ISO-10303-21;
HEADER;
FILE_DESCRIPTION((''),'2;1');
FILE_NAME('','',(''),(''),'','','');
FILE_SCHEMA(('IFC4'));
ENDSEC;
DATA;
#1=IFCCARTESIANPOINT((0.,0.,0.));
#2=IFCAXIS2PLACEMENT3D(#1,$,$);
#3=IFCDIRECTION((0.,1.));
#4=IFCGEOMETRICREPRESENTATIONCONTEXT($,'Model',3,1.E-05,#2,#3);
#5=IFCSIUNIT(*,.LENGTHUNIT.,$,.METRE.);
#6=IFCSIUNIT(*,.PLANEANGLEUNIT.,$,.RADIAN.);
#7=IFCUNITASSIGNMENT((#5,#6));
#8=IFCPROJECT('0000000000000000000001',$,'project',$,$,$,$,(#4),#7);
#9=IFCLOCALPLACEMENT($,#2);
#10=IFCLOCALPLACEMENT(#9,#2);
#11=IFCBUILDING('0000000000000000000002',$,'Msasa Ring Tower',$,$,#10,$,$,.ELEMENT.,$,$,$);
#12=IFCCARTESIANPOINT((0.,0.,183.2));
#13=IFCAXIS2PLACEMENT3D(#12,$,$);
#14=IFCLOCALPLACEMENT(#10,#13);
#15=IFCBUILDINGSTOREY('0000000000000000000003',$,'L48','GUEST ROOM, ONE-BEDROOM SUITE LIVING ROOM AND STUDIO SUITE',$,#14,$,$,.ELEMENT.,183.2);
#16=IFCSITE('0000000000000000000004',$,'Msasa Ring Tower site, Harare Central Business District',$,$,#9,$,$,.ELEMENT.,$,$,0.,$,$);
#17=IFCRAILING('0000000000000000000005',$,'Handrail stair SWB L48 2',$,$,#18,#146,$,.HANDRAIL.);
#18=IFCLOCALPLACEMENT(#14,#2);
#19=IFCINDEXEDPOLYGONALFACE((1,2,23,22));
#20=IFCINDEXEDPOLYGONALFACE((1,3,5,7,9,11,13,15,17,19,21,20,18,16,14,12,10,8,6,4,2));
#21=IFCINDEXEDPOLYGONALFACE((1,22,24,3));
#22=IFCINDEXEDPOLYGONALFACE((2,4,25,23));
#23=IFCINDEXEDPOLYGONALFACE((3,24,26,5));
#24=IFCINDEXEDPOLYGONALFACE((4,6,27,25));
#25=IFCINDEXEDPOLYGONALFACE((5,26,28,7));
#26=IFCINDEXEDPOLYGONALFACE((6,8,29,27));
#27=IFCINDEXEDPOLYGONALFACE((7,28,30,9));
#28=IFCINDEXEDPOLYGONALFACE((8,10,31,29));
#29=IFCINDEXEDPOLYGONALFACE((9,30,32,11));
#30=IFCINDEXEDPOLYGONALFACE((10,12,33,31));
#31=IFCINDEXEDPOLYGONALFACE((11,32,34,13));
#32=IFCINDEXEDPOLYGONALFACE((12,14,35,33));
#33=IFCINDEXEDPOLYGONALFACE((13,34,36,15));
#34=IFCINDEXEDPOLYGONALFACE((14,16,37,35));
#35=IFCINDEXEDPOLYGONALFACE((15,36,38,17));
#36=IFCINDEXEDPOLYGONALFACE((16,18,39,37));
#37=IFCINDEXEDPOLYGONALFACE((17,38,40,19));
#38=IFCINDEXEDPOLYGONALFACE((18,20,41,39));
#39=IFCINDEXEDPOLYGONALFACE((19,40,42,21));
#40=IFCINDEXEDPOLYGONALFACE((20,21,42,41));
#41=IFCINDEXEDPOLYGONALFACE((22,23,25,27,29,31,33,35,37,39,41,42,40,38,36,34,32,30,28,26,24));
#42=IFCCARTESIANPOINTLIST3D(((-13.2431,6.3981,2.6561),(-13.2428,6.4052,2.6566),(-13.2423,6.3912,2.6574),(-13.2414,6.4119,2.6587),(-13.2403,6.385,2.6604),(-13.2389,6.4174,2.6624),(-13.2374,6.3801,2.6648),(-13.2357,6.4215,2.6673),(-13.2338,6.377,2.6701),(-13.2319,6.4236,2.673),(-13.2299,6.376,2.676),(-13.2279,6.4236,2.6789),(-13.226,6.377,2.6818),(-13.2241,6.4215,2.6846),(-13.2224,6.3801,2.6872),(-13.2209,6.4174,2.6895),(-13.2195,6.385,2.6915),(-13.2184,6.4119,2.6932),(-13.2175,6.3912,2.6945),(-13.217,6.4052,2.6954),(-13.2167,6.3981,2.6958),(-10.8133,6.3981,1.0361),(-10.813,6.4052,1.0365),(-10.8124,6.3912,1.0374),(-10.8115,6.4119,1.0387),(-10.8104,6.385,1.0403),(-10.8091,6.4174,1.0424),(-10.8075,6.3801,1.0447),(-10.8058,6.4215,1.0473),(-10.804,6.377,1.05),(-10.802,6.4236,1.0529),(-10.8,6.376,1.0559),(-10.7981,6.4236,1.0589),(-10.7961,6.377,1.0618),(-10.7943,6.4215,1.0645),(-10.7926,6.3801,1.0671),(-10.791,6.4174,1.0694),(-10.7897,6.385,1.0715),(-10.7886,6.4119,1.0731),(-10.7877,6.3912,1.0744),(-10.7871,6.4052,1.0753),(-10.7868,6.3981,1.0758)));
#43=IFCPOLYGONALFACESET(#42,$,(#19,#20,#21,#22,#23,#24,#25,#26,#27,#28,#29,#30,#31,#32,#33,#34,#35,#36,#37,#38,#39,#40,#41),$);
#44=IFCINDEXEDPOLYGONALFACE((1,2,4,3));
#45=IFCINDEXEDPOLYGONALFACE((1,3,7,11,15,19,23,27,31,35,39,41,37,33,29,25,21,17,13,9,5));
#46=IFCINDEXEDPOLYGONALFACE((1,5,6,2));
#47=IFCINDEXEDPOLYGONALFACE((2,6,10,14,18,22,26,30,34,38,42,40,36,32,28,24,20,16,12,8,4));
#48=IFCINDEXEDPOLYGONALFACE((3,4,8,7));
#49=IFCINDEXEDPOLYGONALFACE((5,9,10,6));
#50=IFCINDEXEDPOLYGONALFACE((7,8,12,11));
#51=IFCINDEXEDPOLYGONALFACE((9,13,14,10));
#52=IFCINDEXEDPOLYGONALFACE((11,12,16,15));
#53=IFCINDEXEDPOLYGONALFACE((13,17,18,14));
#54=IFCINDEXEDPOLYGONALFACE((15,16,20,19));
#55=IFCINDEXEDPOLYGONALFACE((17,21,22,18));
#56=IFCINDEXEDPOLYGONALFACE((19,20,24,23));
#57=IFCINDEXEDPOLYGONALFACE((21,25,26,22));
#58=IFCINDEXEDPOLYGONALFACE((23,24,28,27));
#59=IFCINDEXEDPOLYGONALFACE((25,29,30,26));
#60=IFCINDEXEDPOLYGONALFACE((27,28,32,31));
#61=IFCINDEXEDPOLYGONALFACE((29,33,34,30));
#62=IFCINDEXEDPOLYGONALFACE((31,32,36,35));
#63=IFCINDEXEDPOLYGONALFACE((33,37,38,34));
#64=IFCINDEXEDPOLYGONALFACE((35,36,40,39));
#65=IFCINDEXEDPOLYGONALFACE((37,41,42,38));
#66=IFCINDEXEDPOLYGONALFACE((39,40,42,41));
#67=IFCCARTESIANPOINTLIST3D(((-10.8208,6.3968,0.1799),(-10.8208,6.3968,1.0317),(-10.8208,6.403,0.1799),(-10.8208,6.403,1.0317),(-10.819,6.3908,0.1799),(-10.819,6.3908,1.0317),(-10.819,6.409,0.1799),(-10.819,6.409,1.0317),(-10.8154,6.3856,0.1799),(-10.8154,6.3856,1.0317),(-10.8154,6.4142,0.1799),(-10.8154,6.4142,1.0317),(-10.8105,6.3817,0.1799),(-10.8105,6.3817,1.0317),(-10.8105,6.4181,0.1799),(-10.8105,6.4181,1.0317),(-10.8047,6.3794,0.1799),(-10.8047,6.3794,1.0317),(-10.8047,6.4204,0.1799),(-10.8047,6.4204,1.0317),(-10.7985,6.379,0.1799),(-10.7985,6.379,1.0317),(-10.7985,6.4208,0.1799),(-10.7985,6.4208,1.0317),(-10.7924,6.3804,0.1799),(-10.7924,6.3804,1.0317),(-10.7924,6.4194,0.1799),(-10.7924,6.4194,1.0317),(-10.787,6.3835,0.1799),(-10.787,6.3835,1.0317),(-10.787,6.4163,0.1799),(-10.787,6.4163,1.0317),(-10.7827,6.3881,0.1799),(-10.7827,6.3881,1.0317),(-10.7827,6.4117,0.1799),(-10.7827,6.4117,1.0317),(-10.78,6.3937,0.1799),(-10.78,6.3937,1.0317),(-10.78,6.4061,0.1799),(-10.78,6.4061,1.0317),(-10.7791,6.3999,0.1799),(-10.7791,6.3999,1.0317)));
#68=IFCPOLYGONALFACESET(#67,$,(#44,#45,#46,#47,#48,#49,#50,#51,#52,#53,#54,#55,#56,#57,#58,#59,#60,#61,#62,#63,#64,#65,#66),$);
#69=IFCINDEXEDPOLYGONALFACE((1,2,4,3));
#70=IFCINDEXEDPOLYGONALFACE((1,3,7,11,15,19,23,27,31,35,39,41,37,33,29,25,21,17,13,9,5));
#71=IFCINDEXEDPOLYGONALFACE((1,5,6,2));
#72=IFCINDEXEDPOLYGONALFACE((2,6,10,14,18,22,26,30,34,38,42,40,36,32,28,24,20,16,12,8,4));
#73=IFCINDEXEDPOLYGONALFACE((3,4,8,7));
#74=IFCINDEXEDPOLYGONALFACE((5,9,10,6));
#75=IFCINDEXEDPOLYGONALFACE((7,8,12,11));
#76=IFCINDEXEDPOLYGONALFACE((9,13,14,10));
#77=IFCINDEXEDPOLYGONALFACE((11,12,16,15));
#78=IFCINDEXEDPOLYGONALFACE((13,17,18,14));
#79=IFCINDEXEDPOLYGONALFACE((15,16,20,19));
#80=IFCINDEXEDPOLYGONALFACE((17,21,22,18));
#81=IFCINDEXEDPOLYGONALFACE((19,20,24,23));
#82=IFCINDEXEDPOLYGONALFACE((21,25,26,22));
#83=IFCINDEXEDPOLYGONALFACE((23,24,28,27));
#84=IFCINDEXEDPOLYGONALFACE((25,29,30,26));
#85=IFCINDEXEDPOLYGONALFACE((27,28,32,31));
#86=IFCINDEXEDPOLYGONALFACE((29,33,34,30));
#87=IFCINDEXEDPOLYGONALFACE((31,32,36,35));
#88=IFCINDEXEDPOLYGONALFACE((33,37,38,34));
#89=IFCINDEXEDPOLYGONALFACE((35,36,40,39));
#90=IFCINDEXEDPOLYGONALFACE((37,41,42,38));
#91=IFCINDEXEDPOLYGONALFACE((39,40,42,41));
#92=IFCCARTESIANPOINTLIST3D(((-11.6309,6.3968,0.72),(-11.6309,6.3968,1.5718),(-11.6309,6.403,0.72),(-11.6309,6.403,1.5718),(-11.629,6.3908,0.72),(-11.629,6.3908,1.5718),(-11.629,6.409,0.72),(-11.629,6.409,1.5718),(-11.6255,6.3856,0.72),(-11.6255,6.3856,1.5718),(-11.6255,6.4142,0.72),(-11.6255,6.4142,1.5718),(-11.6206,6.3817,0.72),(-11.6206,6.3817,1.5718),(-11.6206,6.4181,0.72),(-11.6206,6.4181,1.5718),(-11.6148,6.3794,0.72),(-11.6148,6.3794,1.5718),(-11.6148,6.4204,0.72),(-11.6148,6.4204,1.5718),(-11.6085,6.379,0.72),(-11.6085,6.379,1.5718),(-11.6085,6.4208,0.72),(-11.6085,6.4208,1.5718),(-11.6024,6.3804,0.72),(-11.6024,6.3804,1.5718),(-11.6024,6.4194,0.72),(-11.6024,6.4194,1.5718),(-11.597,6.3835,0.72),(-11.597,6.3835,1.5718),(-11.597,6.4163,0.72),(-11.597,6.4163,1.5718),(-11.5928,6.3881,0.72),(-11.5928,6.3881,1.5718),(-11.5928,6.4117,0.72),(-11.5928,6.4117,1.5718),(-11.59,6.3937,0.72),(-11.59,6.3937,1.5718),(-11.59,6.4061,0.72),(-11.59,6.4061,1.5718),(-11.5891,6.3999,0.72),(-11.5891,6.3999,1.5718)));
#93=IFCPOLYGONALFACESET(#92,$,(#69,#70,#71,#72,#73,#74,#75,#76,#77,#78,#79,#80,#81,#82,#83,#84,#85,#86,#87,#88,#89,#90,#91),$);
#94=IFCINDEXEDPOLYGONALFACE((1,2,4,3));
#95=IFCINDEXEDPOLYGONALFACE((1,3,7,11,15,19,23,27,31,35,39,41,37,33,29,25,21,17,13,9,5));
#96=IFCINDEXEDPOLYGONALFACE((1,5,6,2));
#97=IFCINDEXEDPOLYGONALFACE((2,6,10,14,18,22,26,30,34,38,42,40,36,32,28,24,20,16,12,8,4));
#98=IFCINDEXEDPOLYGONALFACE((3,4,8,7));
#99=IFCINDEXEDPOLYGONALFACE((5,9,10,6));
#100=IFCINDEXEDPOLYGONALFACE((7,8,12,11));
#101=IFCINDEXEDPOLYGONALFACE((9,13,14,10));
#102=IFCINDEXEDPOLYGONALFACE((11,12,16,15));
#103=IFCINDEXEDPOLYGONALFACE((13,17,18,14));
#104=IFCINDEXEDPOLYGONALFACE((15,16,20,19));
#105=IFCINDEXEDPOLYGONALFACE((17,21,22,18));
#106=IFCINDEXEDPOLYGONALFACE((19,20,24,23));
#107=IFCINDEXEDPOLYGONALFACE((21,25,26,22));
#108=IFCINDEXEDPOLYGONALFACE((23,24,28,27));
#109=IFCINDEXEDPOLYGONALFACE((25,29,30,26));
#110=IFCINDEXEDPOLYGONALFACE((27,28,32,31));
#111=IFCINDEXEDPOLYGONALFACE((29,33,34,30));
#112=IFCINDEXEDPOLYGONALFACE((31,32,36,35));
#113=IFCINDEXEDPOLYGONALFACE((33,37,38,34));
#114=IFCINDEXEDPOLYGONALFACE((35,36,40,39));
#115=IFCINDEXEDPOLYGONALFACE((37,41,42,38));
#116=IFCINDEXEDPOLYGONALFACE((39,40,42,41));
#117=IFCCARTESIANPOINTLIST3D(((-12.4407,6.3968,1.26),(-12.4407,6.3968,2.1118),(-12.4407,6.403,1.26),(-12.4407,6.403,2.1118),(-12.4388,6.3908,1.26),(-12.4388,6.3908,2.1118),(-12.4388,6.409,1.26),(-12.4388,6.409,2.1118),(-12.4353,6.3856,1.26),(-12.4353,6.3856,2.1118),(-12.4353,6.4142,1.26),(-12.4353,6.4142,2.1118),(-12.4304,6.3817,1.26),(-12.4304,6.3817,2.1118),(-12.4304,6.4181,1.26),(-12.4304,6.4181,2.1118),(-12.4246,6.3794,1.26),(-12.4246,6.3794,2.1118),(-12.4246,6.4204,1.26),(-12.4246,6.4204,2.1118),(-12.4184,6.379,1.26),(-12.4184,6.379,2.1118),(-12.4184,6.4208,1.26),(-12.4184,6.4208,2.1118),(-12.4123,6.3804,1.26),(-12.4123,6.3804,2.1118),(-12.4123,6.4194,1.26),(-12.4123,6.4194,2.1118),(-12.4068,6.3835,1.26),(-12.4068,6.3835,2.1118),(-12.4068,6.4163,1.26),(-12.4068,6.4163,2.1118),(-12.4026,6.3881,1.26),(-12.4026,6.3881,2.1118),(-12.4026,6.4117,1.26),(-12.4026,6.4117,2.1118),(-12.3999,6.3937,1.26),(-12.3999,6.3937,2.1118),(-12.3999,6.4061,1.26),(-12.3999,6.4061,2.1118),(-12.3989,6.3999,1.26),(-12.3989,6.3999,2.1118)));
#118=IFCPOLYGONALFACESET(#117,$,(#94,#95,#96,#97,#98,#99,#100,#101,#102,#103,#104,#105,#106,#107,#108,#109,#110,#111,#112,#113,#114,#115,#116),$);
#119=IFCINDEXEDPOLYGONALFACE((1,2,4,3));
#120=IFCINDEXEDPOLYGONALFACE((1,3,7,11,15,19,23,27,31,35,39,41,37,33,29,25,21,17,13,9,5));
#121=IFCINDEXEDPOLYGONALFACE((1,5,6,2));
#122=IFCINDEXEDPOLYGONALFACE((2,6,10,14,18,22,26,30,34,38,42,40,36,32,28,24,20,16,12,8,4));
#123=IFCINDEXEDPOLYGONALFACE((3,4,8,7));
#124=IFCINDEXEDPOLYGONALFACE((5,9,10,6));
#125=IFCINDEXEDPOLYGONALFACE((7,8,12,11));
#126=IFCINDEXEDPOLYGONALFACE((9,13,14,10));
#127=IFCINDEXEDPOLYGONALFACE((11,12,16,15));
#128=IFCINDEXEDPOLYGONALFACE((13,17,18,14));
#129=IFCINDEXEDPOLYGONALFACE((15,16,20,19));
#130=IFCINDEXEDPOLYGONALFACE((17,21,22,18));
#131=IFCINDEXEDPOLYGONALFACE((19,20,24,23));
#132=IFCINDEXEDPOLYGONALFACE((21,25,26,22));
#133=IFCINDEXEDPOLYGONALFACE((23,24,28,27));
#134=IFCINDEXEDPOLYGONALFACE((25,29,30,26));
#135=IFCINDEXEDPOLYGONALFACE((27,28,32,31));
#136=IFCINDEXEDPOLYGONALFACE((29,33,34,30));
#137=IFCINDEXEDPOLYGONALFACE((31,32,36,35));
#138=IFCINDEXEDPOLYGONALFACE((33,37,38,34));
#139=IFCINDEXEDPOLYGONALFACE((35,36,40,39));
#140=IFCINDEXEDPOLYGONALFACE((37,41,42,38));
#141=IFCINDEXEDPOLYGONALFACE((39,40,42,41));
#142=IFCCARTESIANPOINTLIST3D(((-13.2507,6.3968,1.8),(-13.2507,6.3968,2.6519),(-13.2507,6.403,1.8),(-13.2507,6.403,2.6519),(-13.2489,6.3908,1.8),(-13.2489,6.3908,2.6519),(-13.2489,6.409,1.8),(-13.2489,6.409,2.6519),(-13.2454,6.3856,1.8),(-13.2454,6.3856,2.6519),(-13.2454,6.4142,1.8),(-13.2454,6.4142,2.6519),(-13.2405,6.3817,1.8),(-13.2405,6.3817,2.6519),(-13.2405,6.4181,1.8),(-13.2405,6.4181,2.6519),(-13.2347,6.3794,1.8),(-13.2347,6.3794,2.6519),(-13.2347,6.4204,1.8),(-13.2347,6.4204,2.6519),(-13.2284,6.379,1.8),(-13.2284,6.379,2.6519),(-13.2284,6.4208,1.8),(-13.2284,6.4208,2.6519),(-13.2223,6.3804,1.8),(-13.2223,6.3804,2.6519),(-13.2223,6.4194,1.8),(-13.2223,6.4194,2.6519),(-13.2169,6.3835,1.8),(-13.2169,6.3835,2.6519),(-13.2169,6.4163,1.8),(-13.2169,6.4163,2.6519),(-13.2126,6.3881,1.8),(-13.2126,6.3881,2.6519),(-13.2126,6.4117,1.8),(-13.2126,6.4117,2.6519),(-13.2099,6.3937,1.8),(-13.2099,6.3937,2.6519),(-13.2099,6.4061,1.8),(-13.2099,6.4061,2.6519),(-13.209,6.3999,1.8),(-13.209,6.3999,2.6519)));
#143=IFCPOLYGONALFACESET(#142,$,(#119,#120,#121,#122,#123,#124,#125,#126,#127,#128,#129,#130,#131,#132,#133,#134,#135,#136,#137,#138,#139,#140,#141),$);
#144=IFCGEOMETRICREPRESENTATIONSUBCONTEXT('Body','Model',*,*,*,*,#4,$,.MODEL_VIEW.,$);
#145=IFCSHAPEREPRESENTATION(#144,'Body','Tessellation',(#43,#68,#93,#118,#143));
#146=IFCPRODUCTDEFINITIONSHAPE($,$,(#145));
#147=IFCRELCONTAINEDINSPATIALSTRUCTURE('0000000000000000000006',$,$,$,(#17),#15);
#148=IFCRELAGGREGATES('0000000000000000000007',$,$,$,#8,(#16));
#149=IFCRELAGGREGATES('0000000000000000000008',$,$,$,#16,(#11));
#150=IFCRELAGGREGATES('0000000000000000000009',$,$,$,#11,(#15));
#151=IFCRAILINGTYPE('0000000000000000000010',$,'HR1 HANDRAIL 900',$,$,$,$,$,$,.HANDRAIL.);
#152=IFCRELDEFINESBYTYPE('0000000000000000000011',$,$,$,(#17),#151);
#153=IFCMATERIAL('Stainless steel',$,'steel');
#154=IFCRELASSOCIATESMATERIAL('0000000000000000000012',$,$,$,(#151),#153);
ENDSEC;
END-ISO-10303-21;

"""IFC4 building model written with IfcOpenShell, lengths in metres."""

from ifc_helpers import new_model, si_unit, direction, frame, origin, origin_2d, place, context, subcontext, project, spatial, circle, extrude, material, type_object, element, save


model = new_model("IFC4")

# Units and contexts
model_context = context("Model", 3, precision=1e-05, world=origin(), true_north=direction((0.0, 1.0)))
body_context = subcontext(model_context, "Body", "Model", "MODEL_VIEW")
ifc_project = project(units=[si_unit("LENGTHUNIT", "METRE"), si_unit("PLANEANGLEUNIT", "RADIAN")], contexts=[model_context])

# Site, building, storey
site_placement = place(None, origin())
site = spatial("IfcSite", under=ifc_project, at=site_placement, Name="Msasa Ring Tower site, Harare Central Business District", CompositionType="ELEMENT", RefElevation=0.0)
building_placement = place(site_placement, origin())
building = spatial("IfcBuilding", under=site, at=building_placement, Name="Msasa Ring Tower", CompositionType="ELEMENT")
storey_placement = place(building_placement, frame((0.0, 0.0, 183.2)))
storey = spatial("IfcBuildingStorey", under=building, at=storey_placement, Name="L48", Description="GUEST ROOM, ONE-BEDROOM SUITE LIVING ROOM AND STUDIO SUITE", CompositionType="ELEMENT", Elevation=183.2)

# Railing
ifc_material_1 = material(Name="Stainless steel", Category="steel")
railing_type = type_object("IfcRailingType", Name="HR1 HANDRAIL 900", PredefinedType="HANDRAIL", material=ifc_material_1)
for number, where, name in (
    (1, (-10.8, 6.3999, 0.1799), "Handrail stair SWB L48 2"),
):
    element("IfcRailing", number, at=place(storey_placement, frame(where)), inside=storey, type_object=railing_type, Name=name, PredefinedType="HANDRAIL", context=body_context, shape_type="SweptSolid", body=[
        extrude(circle(Radius=0.0239, at=origin_2d()), frame((0.0, 0.0, 0.876), z_axis=(-0.832025, 0.0, 0.554739), x_axis=(0.0, -1.0, 0.0)), (0.0, 0.0, 1.0), 2.9204),
        extrude(circle(Radius=0.021, at=origin_2d()), origin(), (0.0, 0.0, 1.0), 0.8518),
        extrude(circle(Radius=0.021, at=origin_2d()), frame((-0.8101, 0.0, 0.54)), (0.0, 0.0, 1.0), 0.8518),
        extrude(circle(Radius=0.021, at=origin_2d()), frame((-1.6199, 0.0, 1.0801)), (0.0, 0.0, 1.0), 0.8518),
        extrude(circle(Radius=0.021, at=origin_2d()), frame((-2.4299, 0.0, 1.6201)), (0.0, 0.0, 1.0), 0.8518),
    ])

save(model, "model.ifc")
